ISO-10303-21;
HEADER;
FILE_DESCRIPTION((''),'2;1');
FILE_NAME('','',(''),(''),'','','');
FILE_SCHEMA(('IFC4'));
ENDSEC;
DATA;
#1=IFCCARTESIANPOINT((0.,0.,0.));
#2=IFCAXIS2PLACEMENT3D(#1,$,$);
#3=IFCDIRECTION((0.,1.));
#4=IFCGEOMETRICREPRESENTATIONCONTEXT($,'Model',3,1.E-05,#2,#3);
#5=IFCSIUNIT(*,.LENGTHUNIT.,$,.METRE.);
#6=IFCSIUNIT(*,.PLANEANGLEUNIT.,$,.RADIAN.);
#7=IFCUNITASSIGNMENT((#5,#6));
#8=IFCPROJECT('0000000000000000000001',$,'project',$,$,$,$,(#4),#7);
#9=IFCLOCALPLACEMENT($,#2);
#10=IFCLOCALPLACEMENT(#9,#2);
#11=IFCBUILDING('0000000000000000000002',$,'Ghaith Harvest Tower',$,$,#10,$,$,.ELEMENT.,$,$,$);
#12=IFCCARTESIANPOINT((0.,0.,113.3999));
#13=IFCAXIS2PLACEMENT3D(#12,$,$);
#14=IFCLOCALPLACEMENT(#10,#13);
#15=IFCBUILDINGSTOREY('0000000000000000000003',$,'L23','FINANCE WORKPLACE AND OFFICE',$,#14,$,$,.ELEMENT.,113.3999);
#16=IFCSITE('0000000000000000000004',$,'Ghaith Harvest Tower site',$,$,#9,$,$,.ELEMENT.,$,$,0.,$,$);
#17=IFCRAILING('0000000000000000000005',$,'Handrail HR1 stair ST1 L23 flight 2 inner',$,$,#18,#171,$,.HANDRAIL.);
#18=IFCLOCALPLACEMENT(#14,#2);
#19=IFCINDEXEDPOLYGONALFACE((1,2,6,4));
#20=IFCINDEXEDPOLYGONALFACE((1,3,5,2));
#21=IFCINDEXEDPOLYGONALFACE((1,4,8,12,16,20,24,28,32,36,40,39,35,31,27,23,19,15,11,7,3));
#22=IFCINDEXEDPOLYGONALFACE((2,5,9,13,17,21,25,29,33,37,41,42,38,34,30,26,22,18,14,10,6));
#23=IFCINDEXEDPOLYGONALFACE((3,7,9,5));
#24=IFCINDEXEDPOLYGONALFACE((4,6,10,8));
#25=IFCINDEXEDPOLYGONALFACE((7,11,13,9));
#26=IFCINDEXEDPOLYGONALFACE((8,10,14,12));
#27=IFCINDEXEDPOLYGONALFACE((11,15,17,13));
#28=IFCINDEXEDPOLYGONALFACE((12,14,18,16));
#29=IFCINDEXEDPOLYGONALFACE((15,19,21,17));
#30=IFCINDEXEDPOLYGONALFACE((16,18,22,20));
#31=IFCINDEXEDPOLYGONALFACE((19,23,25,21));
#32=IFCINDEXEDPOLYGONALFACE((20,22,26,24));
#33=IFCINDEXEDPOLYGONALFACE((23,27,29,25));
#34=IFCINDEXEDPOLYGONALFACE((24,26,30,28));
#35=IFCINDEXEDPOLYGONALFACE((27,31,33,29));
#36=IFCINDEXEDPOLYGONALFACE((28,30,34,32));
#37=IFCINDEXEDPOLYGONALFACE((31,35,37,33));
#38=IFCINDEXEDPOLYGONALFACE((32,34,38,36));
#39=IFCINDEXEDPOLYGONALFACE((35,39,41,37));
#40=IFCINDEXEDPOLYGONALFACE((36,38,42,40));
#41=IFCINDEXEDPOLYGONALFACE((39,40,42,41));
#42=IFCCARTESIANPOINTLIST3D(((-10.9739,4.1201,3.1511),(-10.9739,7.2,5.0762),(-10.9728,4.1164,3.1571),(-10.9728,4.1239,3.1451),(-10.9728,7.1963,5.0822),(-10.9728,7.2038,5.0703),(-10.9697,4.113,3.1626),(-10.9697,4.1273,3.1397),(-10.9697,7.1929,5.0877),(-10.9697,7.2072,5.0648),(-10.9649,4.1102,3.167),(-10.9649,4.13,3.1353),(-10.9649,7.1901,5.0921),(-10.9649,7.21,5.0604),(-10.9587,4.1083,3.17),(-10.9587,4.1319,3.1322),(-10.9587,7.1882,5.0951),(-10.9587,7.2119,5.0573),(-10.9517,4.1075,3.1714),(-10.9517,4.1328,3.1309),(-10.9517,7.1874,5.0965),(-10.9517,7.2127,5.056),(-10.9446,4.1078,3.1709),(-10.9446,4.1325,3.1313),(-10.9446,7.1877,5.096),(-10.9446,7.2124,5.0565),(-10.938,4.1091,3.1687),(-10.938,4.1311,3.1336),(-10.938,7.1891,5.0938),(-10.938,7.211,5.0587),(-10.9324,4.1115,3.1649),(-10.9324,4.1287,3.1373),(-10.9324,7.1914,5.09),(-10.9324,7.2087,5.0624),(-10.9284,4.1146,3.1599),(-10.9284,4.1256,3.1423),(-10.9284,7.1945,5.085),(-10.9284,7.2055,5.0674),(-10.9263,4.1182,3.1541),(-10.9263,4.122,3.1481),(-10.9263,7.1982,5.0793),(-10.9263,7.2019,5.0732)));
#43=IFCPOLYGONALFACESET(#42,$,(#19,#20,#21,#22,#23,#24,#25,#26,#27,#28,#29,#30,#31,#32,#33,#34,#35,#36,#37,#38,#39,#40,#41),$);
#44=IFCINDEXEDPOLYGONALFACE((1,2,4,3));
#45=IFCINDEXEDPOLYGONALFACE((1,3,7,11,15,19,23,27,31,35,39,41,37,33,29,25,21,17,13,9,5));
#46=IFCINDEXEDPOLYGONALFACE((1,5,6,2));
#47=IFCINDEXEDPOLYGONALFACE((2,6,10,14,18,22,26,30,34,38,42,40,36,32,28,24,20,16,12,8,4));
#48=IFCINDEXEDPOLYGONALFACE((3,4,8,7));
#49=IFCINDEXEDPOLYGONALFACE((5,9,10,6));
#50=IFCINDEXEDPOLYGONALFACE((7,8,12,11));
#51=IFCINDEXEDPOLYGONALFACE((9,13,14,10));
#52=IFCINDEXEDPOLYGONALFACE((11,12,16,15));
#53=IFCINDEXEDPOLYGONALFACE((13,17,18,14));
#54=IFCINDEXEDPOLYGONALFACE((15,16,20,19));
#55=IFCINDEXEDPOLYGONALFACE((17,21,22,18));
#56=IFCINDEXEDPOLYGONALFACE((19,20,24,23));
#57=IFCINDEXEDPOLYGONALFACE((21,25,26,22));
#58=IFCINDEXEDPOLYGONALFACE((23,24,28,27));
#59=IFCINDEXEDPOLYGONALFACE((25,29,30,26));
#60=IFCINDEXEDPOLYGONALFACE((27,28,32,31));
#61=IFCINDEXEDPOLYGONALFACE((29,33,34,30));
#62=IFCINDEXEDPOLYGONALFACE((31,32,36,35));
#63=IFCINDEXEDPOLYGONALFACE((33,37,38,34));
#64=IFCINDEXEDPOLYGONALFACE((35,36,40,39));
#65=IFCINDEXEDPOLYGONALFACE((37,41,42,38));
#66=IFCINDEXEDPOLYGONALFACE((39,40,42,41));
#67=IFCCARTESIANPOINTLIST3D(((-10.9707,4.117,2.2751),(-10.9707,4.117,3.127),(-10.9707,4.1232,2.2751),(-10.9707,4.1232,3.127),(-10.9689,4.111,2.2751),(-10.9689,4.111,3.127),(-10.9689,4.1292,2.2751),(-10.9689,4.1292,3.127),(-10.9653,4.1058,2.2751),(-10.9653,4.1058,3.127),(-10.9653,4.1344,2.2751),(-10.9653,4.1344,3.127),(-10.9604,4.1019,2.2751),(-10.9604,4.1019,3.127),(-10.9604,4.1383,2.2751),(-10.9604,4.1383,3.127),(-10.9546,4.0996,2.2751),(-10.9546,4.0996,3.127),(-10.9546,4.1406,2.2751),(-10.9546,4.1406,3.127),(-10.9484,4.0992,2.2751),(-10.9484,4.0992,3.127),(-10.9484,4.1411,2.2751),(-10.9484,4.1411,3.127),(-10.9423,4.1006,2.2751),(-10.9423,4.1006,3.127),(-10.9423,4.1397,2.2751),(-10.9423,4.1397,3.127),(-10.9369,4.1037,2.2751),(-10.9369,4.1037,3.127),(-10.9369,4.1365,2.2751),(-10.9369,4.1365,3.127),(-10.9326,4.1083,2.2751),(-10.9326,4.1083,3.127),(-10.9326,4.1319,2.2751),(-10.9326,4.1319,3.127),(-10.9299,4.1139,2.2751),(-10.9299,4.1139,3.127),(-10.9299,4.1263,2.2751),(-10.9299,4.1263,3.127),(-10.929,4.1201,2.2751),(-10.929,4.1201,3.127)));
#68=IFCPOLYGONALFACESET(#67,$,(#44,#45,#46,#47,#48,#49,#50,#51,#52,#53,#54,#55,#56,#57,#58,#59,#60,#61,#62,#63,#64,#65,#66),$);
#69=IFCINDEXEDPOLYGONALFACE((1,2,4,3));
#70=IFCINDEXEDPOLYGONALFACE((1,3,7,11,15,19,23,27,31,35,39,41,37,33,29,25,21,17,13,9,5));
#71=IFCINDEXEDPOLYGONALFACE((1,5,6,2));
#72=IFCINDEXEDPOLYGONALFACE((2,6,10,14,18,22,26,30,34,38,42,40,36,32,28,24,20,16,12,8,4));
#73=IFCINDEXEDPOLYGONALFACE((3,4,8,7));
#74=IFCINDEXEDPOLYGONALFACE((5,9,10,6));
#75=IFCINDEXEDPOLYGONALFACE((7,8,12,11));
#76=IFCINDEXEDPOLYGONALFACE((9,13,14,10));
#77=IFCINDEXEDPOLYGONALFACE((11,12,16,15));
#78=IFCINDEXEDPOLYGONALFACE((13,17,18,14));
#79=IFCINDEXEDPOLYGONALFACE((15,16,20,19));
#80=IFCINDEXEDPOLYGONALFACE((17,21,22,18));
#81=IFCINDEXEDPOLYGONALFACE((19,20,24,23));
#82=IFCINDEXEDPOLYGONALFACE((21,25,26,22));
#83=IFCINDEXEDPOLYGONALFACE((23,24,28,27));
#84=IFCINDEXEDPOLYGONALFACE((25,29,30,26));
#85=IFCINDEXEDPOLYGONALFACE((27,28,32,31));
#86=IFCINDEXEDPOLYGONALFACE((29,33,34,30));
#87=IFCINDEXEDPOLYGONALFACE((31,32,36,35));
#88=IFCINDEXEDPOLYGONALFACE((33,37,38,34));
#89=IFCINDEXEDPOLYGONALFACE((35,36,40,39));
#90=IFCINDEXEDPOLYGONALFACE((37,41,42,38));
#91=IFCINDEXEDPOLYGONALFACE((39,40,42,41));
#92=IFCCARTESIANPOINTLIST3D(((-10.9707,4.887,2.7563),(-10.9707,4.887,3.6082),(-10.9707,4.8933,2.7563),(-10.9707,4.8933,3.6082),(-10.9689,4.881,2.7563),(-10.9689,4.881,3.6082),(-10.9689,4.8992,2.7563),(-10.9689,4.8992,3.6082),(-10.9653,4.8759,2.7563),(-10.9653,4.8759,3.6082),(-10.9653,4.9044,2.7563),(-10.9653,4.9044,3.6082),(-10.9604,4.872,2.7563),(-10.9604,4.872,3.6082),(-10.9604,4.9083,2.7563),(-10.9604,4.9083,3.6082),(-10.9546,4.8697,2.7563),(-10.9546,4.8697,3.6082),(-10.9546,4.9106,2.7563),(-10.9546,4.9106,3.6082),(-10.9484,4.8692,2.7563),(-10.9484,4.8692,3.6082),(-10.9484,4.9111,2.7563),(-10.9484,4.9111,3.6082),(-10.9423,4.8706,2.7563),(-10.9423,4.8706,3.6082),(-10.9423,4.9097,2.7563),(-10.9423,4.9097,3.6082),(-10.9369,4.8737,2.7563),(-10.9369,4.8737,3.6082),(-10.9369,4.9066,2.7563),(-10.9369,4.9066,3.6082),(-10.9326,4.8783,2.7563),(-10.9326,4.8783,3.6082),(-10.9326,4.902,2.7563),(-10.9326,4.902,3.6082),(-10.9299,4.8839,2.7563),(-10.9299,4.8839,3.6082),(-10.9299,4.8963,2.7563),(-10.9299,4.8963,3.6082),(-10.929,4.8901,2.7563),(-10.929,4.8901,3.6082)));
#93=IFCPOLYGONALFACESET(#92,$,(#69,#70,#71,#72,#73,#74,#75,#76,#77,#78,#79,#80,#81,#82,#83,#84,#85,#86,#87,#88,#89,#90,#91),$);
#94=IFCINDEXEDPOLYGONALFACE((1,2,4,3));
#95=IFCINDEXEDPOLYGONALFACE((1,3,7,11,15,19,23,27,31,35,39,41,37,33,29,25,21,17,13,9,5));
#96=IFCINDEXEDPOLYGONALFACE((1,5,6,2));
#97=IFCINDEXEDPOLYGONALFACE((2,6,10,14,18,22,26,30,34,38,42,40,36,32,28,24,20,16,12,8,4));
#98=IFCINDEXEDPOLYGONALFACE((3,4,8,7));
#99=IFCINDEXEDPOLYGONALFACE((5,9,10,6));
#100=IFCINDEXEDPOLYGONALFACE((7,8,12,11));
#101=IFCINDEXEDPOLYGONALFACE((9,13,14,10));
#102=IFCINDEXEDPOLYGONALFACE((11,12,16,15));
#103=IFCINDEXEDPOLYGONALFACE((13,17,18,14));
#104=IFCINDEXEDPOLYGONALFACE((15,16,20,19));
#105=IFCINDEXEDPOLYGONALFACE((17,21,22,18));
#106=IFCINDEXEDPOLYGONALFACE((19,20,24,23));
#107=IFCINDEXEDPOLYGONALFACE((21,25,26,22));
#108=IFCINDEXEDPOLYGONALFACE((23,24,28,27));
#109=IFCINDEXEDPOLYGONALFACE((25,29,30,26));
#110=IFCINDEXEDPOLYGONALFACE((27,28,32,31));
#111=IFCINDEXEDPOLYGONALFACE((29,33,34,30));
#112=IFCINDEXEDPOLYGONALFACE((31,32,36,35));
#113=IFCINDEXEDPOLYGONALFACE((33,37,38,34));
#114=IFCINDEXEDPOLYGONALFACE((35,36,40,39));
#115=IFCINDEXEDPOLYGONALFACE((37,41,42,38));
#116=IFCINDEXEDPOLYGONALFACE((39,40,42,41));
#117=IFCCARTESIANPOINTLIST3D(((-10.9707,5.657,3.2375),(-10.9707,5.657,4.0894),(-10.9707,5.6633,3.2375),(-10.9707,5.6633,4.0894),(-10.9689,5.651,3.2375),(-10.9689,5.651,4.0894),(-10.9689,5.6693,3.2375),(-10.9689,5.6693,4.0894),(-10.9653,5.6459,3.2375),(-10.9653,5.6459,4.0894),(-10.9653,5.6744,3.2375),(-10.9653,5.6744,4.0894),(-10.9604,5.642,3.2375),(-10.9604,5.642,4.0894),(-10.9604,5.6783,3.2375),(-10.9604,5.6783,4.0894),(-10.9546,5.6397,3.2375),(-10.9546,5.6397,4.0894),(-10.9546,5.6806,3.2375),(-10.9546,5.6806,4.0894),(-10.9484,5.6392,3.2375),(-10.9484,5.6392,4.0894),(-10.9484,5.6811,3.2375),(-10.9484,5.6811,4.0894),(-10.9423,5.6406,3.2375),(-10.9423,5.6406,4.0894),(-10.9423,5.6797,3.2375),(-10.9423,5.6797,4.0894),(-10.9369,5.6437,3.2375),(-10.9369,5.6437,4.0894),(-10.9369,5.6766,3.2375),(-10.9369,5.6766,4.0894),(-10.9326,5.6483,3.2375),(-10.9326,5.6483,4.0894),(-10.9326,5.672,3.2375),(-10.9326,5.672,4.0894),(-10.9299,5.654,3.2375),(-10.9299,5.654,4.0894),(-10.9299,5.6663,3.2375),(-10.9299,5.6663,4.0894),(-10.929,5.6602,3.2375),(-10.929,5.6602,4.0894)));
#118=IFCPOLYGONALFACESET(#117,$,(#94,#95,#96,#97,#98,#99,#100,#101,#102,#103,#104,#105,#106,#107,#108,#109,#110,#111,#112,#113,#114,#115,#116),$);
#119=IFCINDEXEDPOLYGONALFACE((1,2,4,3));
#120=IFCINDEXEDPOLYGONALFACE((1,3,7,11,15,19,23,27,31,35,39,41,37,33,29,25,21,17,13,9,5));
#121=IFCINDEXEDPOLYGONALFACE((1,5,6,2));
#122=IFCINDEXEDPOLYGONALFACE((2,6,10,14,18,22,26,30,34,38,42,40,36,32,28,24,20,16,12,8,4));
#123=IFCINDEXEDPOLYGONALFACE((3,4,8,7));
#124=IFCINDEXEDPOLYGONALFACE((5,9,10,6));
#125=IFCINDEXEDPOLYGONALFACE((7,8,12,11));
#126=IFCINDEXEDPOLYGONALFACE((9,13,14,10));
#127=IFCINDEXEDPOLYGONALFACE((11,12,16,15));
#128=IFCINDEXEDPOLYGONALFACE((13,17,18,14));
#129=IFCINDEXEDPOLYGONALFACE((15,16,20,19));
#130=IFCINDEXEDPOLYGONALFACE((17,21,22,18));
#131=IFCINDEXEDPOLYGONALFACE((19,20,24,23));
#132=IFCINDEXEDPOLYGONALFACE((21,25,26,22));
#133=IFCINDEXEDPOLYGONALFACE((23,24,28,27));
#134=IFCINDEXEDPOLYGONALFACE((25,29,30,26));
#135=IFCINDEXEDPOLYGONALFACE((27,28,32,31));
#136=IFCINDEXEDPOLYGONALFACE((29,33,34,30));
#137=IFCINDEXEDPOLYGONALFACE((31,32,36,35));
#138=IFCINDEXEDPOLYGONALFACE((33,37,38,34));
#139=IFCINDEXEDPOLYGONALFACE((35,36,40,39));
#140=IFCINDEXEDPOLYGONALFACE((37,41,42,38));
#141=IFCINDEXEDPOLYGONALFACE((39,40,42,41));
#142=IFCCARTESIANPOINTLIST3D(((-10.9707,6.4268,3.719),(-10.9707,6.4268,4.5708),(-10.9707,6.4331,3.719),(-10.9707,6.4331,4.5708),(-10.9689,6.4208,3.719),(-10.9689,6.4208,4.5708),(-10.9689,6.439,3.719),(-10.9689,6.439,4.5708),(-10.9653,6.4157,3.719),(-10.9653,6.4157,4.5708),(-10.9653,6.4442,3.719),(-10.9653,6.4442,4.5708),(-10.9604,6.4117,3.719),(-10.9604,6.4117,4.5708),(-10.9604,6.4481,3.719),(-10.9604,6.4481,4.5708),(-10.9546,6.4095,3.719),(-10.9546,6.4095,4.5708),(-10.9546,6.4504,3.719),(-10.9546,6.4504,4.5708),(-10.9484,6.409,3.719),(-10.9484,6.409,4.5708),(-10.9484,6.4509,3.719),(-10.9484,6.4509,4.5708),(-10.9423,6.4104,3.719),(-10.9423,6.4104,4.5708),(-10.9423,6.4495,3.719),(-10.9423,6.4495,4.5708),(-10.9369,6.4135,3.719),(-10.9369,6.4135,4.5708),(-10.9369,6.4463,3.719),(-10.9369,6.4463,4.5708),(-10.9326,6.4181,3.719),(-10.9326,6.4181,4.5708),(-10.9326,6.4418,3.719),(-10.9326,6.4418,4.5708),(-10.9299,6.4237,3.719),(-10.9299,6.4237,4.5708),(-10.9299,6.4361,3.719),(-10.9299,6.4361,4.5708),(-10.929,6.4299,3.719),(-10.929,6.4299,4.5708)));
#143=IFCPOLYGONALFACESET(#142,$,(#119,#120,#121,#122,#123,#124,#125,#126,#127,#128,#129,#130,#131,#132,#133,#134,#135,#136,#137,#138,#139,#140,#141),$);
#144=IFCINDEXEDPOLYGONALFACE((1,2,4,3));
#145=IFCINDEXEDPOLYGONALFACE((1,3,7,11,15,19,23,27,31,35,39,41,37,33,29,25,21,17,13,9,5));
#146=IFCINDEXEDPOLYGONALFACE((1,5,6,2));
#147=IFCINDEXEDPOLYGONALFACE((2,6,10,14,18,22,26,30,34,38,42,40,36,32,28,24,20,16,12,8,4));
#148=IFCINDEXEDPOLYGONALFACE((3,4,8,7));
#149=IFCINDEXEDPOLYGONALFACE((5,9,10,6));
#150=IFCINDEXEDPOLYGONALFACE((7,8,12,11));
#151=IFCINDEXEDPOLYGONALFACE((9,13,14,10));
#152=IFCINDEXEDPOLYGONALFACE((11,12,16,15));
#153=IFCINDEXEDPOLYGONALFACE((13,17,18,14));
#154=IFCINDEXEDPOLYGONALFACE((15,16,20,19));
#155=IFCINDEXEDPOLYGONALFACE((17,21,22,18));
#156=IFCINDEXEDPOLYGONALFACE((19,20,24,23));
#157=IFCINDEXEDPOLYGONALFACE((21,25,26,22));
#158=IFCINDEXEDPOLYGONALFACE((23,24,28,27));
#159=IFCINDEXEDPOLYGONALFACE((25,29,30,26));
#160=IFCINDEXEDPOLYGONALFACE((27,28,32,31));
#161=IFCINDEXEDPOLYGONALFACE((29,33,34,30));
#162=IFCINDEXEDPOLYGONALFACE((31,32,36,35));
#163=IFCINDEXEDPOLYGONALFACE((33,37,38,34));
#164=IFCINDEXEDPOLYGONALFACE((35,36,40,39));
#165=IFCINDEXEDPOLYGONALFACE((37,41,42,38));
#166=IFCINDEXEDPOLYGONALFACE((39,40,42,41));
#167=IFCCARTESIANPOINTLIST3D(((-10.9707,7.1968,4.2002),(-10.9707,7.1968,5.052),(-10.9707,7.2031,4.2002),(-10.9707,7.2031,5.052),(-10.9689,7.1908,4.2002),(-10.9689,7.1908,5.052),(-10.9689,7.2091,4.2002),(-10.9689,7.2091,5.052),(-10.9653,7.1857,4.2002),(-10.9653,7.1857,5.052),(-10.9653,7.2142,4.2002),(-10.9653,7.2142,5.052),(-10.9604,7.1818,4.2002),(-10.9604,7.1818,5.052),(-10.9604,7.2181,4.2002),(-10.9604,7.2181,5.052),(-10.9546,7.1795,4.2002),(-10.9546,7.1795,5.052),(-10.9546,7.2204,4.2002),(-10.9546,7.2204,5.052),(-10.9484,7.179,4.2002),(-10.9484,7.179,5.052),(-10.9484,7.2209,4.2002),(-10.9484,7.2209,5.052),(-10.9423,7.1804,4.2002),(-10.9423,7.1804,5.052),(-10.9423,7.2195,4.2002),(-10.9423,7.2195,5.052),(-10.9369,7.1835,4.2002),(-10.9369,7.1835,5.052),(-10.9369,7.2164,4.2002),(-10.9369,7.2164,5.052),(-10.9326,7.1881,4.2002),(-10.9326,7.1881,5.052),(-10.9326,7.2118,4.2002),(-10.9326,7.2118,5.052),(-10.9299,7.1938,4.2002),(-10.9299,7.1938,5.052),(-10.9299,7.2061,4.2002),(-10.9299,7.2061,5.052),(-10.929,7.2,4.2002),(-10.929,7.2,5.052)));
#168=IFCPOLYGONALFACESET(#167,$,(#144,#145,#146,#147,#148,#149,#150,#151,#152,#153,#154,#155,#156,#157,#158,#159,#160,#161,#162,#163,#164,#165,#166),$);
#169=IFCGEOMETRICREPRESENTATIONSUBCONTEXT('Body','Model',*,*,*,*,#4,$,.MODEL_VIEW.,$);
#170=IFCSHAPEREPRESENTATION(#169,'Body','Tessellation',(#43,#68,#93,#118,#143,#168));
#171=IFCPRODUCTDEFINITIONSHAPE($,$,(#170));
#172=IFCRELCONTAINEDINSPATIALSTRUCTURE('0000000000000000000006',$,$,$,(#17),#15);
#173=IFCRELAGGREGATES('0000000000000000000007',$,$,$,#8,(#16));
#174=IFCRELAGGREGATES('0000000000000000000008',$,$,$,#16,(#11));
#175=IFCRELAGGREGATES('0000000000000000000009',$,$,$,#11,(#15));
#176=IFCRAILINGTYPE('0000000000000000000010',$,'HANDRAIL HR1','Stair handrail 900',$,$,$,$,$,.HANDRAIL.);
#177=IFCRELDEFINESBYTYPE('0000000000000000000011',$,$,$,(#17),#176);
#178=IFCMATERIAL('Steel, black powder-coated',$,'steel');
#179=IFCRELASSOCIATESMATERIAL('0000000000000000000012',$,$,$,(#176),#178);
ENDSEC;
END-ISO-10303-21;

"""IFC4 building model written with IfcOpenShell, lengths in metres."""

from ifc_helpers import new_model, si_unit, direction, frame, origin, origin_2d, place, context, subcontext, project, spatial, circle, extrude, material, type_object, element, save


model = new_model("IFC4")

# Units and contexts
model_context = context("Model", 3, precision=1e-05, world=origin(), true_north=direction((0.0, 1.0)))
body_context = subcontext(model_context, "Body", "Model", "MODEL_VIEW")
ifc_project = project(units=[si_unit("LENGTHUNIT", "METRE"), si_unit("PLANEANGLEUNIT", "RADIAN")], contexts=[model_context])

# Site, building, storey
site_placement = place(None, origin())
site = spatial("IfcSite", under=ifc_project, at=site_placement, Name="Ghaith Harvest Tower site", CompositionType="ELEMENT", RefElevation=0.0)
building_placement = place(site_placement, origin())
building = spatial("IfcBuilding", under=site, at=building_placement, Name="Ghaith Harvest Tower", CompositionType="ELEMENT")
storey_placement = place(building_placement, frame((0.0, 0.0, 113.3999)))
storey = spatial("IfcBuildingStorey", under=building, at=storey_placement, Name="L23", Description="FINANCE WORKPLACE AND OFFICE", CompositionType="ELEMENT", Elevation=113.3999)

# Railing
ifc_material_1 = material(Name="Steel, black powder-coated", Category="steel")
railing_type = type_object("IfcRailingType", Name="HANDRAIL HR1", Description="Stair handrail 900", PredefinedType="HANDRAIL", material=ifc_material_1)
railing_1_placement = place(storey_placement, frame((-10.95, 4.1201, 2.2751)))
element("IfcRailing", 1, at=railing_1_placement, inside=storey, type_object=railing_type, Name="Handrail HR1 stair ST1 L23 flight 2 inner", PredefinedType="HANDRAIL", context=body_context, shape_type="SweptSolid", body=[
    extrude(circle(Radius=0.0239, at=origin_2d()), frame((0.0, 0.0, 0.876), z_axis=(0.0, 0.847979, 0.530029), x_axis=(-1.0, 0.0, 0.0)), (0.0, 0.0, 1.0), 3.6321),
    extrude(circle(Radius=0.021, at=origin_2d()), origin(), (0.0, 0.0, 1.0), 0.8518),
    extrude(circle(Radius=0.021, at=origin_2d()), frame((0.0, 0.77, 0.4812)), (0.0, 0.0, 1.0), 0.8518),
    extrude(circle(Radius=0.021, at=origin_2d()), frame((0.0, 1.54, 0.9624)), (0.0, 0.0, 1.0), 0.8518),
    extrude(circle(Radius=0.021, at=origin_2d()), frame((0.0, 2.3098, 1.4438)), (0.0, 0.0, 1.0), 0.8518),
    extrude(circle(Radius=0.021, at=origin_2d()), frame((0.0, 3.0798, 1.925)), (0.0, 0.0, 1.0), 0.8518),
])

save(model, "model.ifc")
